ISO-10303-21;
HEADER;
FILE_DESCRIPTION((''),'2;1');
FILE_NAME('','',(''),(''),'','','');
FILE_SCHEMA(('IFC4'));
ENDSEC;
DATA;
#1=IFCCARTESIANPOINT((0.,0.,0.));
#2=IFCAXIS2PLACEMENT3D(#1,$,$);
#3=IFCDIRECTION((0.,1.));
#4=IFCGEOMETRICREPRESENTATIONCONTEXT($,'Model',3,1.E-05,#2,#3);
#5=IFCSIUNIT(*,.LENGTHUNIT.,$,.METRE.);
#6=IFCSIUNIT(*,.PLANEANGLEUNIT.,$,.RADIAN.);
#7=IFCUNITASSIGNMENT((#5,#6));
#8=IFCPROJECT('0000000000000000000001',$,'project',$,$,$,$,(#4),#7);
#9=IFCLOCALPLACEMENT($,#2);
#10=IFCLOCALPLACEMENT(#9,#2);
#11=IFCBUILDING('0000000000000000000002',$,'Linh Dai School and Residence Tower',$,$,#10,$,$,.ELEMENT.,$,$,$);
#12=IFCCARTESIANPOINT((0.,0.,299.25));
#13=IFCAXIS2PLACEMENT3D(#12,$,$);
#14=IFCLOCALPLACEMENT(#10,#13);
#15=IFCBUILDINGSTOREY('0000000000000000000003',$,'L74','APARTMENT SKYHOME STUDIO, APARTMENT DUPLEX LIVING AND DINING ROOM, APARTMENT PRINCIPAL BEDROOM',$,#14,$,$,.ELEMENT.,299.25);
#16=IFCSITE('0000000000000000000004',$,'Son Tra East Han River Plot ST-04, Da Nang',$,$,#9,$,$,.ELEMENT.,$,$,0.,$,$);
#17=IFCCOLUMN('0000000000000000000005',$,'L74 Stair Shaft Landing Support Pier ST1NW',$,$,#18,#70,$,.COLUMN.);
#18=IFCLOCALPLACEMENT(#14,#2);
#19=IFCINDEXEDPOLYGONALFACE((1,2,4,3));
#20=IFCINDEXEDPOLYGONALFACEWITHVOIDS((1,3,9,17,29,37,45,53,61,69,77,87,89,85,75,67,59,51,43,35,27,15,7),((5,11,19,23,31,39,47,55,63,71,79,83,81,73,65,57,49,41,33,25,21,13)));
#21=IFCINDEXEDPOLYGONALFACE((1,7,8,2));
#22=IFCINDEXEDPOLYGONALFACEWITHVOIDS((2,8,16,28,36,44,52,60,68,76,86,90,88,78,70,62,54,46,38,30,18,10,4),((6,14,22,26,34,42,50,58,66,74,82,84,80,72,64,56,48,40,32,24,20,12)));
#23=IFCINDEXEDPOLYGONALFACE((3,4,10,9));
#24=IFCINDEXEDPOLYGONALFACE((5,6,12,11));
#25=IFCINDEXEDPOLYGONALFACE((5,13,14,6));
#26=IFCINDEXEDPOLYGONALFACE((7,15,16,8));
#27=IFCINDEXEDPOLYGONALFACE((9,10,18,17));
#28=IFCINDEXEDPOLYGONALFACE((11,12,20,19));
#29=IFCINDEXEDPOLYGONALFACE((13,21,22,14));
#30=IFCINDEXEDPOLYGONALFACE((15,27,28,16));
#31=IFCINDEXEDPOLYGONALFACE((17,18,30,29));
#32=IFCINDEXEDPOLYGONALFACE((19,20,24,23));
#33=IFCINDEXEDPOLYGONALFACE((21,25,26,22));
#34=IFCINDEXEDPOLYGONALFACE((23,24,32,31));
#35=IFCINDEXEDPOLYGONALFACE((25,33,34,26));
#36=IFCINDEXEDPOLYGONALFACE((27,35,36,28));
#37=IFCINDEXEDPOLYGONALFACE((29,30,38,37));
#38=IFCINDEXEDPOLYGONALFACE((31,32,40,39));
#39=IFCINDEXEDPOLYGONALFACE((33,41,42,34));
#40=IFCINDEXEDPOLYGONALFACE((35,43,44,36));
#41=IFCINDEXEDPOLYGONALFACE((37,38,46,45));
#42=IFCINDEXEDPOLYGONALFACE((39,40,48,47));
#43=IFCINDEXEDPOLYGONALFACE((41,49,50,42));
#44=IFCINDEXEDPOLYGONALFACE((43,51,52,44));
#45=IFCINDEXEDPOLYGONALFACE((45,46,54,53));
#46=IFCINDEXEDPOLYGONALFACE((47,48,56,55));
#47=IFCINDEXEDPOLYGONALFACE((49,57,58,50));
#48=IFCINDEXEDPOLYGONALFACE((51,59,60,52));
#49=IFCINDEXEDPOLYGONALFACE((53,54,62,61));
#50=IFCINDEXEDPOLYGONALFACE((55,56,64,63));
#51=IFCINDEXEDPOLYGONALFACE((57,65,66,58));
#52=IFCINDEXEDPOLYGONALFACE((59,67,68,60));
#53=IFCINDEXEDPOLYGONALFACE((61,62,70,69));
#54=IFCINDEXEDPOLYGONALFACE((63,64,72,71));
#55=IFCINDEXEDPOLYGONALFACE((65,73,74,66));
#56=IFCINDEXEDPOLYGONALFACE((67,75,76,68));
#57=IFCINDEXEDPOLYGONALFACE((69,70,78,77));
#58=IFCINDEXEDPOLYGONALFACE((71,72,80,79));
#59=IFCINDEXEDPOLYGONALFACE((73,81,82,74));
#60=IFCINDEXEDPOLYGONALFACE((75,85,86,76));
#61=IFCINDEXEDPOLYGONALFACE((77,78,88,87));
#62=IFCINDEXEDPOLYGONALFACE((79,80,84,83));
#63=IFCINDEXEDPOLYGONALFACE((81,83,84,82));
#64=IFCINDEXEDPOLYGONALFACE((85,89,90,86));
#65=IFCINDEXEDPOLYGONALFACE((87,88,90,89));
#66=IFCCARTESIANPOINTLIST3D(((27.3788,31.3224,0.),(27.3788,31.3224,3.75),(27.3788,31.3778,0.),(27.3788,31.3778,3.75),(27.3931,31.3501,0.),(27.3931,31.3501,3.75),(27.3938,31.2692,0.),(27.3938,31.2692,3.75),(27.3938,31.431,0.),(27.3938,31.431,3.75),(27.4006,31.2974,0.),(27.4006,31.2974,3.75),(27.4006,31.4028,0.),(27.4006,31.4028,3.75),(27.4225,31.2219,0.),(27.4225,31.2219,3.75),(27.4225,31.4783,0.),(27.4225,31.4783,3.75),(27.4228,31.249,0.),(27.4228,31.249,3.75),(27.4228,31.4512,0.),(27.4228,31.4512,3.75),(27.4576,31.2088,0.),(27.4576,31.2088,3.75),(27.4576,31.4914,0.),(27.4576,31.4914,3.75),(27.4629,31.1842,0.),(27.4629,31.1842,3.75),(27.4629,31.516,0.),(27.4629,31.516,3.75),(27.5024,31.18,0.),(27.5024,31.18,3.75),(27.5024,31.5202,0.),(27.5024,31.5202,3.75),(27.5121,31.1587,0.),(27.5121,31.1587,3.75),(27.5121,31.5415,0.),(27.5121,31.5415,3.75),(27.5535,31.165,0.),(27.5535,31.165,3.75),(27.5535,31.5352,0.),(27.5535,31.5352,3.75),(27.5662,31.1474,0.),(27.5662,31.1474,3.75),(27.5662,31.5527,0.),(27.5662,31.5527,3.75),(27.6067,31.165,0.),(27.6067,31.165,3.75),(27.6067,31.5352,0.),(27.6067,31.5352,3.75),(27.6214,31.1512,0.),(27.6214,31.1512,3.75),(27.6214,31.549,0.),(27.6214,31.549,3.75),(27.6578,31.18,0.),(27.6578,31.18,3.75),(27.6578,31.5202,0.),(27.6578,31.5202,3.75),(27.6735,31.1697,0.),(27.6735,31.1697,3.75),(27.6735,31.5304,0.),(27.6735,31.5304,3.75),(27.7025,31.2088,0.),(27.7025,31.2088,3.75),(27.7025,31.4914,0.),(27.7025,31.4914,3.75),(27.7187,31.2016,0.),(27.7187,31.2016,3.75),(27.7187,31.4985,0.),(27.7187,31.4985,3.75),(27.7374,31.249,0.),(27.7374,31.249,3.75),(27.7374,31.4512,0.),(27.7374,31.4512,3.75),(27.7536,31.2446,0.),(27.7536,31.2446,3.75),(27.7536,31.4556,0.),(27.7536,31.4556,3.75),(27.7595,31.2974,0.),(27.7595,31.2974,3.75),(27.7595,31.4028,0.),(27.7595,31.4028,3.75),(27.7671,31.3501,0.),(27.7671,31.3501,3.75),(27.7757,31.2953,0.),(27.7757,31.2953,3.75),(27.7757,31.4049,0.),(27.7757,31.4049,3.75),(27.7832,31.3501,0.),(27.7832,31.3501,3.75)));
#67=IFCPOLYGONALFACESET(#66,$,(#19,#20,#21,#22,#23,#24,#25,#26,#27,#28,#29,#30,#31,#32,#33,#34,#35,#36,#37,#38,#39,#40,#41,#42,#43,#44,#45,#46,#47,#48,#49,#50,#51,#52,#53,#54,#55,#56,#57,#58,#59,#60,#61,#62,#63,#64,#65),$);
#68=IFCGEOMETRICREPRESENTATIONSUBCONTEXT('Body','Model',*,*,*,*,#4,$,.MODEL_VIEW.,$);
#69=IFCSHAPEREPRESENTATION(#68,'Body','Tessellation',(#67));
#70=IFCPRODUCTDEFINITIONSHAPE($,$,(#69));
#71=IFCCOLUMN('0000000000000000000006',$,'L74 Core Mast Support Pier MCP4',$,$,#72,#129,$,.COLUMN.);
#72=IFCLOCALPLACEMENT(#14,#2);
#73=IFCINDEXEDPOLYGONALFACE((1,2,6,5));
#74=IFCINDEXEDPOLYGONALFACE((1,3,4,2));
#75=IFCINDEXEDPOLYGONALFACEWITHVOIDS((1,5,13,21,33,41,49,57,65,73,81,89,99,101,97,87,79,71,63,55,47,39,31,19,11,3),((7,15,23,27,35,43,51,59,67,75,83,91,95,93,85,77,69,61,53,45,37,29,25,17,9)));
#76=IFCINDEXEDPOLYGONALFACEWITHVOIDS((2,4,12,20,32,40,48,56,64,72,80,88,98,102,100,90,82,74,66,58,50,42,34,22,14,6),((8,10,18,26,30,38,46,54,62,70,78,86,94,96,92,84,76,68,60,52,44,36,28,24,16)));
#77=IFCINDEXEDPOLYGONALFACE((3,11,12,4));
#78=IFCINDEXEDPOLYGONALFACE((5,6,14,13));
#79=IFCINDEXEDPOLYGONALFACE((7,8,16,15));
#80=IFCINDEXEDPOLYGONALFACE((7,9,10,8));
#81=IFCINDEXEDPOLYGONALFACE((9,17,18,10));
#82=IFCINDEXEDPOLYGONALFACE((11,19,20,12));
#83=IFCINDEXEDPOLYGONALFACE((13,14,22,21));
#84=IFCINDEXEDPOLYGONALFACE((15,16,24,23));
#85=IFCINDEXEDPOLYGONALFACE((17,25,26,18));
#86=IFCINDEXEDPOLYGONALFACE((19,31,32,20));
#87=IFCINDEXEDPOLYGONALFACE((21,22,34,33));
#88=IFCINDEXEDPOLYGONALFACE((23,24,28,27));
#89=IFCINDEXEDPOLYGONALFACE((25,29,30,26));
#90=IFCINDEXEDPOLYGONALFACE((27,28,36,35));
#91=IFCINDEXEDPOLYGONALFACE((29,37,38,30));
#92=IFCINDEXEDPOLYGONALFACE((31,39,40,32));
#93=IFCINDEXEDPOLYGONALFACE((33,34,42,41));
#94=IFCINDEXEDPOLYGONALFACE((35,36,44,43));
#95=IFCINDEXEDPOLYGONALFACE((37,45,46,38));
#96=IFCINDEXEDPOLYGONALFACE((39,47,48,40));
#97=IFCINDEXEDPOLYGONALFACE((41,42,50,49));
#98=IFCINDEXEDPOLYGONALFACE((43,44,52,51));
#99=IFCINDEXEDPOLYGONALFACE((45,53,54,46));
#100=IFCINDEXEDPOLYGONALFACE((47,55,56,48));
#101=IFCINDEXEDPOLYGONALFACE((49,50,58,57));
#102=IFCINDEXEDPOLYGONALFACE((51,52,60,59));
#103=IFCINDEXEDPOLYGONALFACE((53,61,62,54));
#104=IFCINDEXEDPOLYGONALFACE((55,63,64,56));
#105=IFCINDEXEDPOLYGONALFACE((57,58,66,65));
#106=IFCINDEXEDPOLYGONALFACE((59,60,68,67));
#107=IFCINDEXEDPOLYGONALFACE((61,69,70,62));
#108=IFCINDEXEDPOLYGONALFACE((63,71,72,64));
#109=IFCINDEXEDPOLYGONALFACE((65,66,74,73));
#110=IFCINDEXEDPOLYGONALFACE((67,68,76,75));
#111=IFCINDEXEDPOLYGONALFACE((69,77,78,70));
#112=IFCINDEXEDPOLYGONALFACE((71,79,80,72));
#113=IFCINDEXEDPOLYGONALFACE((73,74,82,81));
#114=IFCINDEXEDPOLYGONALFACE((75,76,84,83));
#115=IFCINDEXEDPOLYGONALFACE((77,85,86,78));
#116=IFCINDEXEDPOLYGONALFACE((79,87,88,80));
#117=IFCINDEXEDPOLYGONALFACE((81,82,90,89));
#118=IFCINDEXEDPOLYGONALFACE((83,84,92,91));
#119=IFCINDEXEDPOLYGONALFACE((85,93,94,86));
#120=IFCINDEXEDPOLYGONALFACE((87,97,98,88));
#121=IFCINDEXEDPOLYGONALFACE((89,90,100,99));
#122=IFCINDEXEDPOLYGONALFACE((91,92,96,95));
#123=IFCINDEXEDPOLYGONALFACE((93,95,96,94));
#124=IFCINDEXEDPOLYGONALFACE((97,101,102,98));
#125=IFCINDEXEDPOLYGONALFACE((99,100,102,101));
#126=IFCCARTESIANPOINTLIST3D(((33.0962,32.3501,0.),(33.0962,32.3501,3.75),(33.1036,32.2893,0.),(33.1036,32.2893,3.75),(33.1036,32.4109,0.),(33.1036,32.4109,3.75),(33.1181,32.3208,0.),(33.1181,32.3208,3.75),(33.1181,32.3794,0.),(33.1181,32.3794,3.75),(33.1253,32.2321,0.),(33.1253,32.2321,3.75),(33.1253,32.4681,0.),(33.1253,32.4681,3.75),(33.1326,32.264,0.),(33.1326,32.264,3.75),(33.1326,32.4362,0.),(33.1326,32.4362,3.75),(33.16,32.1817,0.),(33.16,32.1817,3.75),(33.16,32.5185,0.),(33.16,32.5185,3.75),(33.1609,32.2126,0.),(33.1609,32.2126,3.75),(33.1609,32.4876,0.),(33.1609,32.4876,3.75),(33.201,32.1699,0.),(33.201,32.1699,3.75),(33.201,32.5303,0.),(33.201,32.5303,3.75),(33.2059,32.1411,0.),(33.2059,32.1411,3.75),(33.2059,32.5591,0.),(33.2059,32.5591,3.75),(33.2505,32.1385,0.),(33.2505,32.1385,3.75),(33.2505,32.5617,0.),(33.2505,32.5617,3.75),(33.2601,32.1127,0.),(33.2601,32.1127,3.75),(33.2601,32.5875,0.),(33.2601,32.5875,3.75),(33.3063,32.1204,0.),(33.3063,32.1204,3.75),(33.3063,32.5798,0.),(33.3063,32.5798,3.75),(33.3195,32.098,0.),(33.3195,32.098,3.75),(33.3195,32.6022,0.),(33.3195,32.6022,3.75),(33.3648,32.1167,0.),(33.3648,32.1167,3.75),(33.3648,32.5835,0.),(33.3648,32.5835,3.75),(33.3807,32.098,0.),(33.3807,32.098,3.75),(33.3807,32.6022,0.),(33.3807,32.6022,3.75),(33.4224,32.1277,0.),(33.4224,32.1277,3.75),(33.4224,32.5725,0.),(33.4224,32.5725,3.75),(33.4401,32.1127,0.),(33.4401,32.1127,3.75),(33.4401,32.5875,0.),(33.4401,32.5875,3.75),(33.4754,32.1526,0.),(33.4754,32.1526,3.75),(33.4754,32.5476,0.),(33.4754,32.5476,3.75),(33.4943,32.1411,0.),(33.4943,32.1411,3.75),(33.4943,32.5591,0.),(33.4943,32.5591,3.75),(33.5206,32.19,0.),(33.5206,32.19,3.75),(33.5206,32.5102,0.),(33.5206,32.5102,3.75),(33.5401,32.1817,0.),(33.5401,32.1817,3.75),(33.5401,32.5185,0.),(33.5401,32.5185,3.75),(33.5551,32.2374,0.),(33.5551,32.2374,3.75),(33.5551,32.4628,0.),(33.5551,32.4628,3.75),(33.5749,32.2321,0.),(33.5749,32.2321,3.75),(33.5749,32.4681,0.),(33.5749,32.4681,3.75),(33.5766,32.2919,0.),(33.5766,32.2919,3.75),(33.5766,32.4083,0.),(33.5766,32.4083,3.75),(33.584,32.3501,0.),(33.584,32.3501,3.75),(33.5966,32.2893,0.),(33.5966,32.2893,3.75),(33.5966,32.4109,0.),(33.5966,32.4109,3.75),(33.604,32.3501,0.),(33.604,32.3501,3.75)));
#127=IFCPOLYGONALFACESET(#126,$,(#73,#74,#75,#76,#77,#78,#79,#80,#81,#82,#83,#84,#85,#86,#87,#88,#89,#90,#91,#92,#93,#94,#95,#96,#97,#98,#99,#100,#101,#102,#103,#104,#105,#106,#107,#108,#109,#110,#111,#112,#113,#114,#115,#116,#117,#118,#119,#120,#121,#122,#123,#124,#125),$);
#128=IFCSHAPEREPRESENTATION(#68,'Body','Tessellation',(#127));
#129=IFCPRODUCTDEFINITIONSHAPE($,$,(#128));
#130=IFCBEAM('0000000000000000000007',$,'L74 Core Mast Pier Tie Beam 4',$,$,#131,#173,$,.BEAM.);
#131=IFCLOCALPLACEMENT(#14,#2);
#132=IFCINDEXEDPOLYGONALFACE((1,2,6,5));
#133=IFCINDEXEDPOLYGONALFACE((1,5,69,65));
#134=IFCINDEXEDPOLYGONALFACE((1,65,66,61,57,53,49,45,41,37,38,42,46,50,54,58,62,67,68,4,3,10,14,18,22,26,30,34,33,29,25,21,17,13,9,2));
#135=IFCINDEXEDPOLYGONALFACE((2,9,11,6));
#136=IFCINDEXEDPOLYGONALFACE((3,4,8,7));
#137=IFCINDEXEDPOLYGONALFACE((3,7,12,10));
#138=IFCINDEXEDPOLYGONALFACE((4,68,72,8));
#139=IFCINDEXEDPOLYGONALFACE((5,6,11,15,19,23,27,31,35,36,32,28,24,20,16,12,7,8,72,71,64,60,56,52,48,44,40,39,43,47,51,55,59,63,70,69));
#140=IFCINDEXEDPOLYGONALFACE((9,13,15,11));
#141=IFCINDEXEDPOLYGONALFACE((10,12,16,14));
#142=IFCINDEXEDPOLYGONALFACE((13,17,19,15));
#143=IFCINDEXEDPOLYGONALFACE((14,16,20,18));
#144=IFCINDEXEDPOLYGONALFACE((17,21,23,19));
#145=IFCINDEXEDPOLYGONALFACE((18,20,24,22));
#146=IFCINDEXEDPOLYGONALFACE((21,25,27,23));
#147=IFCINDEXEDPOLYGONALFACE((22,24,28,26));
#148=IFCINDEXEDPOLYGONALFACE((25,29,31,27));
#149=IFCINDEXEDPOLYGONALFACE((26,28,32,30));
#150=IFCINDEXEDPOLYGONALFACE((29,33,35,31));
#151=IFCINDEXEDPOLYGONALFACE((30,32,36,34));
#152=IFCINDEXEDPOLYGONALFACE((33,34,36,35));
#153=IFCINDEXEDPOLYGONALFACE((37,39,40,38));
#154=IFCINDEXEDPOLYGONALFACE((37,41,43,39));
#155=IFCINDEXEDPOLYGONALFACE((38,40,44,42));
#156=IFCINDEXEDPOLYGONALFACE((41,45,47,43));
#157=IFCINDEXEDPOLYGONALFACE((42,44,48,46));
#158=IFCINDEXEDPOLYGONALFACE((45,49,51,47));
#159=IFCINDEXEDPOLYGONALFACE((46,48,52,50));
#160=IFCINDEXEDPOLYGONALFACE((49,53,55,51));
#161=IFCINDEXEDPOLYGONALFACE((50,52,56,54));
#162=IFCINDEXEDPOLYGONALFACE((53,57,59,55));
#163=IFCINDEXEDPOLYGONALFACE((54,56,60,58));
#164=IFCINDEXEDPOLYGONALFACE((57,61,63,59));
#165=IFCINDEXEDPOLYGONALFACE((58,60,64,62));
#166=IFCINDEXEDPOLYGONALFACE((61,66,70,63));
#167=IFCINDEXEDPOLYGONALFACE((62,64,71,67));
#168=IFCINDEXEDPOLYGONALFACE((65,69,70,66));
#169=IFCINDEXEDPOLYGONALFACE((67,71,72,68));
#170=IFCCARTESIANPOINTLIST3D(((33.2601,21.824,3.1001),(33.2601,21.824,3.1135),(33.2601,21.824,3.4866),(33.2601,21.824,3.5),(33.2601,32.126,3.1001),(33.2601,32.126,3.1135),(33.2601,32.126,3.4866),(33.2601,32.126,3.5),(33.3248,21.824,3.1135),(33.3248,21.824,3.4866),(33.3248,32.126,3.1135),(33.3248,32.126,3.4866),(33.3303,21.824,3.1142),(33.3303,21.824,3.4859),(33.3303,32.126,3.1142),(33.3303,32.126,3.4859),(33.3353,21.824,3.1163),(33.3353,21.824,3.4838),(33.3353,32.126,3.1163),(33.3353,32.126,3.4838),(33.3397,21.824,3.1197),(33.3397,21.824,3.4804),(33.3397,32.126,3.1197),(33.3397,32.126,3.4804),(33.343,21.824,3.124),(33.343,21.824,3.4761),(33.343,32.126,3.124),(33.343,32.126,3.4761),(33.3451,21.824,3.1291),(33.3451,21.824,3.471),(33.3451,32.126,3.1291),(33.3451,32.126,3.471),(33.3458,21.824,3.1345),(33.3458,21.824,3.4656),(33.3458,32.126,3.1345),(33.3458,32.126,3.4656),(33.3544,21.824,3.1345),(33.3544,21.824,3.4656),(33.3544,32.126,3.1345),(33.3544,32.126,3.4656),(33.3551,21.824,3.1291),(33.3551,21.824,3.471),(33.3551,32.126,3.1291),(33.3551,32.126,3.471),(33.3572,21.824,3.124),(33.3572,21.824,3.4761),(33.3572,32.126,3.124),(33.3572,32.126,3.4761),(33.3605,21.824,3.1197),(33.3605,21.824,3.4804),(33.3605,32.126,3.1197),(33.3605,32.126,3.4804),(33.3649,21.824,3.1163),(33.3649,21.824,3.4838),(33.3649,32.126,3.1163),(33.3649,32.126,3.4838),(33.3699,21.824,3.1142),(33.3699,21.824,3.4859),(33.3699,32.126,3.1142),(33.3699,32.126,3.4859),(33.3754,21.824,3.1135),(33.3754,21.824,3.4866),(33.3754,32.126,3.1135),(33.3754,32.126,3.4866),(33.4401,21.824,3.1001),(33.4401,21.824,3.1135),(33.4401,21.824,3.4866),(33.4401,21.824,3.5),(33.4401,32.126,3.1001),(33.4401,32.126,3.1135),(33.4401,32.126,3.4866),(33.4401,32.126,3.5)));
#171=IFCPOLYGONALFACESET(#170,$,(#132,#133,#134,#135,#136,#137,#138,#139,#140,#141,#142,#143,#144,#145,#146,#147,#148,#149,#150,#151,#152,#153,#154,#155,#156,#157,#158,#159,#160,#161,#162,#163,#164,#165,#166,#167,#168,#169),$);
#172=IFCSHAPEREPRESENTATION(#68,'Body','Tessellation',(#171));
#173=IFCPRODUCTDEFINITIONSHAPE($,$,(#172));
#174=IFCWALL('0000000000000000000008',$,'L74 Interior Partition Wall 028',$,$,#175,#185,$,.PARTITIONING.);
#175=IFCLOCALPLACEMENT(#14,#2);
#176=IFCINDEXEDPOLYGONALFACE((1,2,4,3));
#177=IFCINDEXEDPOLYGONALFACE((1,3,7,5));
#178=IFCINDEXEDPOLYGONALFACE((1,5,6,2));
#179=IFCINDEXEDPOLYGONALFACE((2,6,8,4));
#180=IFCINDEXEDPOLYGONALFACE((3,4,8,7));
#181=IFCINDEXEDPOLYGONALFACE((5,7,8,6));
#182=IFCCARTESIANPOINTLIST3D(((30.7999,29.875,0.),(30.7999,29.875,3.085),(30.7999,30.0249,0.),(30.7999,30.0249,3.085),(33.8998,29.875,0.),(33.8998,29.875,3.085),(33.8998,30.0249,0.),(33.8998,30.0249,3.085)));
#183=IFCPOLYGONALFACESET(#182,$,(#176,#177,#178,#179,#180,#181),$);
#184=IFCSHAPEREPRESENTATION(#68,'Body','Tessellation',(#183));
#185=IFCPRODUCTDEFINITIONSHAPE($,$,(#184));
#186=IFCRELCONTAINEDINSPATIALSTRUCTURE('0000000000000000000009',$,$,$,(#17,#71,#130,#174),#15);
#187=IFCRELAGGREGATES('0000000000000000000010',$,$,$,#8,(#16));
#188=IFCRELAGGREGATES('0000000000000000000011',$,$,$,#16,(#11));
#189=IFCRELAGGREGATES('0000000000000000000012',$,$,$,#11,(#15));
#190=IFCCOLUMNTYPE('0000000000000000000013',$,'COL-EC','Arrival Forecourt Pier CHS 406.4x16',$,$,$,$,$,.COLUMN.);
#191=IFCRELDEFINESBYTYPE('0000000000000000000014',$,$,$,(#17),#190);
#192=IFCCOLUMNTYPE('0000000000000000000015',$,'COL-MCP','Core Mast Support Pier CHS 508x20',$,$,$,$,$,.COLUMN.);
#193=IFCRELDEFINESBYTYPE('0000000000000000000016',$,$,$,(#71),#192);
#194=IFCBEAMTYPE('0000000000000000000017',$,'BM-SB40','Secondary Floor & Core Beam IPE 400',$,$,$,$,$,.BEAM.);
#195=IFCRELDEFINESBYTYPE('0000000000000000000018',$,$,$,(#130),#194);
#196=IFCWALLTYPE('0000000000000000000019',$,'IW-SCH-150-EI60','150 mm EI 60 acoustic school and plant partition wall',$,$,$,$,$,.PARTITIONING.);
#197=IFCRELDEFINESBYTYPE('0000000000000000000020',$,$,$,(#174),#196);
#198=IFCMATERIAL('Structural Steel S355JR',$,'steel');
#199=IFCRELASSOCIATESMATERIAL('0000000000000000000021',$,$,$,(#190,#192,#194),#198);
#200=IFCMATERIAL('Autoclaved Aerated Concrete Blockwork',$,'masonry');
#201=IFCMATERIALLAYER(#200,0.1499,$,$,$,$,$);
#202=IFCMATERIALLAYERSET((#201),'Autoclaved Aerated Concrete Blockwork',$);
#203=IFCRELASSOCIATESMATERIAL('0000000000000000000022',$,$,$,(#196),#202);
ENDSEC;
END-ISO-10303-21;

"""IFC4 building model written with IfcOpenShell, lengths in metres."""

from ifc_helpers import new_model, si_unit, direction, frame, frame_2d, origin, origin_2d, place, context, subcontext, project, spatial, rectangle, hollow_circle, i_section, extrude, material, layer, layer_set, material_profile, profile_set, type_object, element, save


model = new_model("IFC4")

# Units and contexts
model_context = context("Model", 3, precision=1e-05, world=origin(), true_north=direction((0.0, 1.0)))
body_context = subcontext(model_context, "Body", "Model", "MODEL_VIEW")
ifc_project = project(units=[si_unit("LENGTHUNIT", "METRE"), si_unit("PLANEANGLEUNIT", "RADIAN")], contexts=[model_context])

# Site, building, storey
site_placement = place(None, origin())
site = spatial("IfcSite", under=ifc_project, at=site_placement, Name="Son Tra East Han River Plot ST-04, Da Nang", CompositionType="ELEMENT", RefElevation=0.0)
building_placement = place(site_placement, origin())
building = spatial("IfcBuilding", under=site, at=building_placement, Name="Linh Dai School and Residence Tower", CompositionType="ELEMENT")
storey_placement = place(building_placement, frame((0.0, 0.0, 299.25)))
storey = spatial("IfcBuildingStorey", under=building, at=storey_placement, Name="L74", Description="APARTMENT SKYHOME STUDIO, APARTMENT DUPLEX LIVING AND DINING ROOM, APARTMENT PRINCIPAL BEDROOM", CompositionType="ELEMENT", Elevation=299.25)

# Columns
ifc_material_1 = material(Name="Structural Steel S355JR", Category="steel")
ifc_material_profile_1 = material_profile(ifc_material_1, hollow_circle(Radius=0.2031, WallThickness=0.0161, at=origin_2d()), Name="CHS 406.4x16")
ifc_profile_set_1 = profile_set([ifc_material_profile_1], Name="Structural Steel S355JR")
column_type_1 = type_object("IfcColumnType", Name="COL-EC", Description="Arrival Forecourt Pier CHS 406.4x16", PredefinedType="COLUMN", material=ifc_profile_set_1)
column_1_placement = place(storey_placement, frame((27.5801, 31.3501, 0.0), z_axis=(0.0, 0.0, 1.0), x_axis=(1.0, 0.0, 0.0)))
element("IfcColumn", 1, at=column_1_placement, inside=storey, type_object=column_type_1, Name="L74 Stair Shaft Landing Support Pier ST1NW", PredefinedType="COLUMN", context=body_context, shape_type="SweptSolid", body=[
    extrude(hollow_circle(Radius=0.2031, WallThickness=0.0161, at=origin_2d()), origin(), (0.0, 0.0, 1.0), 3.75),
])
ifc_material_profile_2 = material_profile(ifc_material_1, hollow_circle(Radius=0.2539, WallThickness=0.02, at=origin_2d()), Name="CHS 508x20")
ifc_profile_set_2 = profile_set([ifc_material_profile_2], Name="Structural Steel S355JR")
column_type_2 = type_object("IfcColumnType", Name="COL-MCP", Description="Core Mast Support Pier CHS 508x20", PredefinedType="COLUMN", material=ifc_profile_set_2)
column_2_placement = place(storey_placement, frame((33.3501, 32.3501, 0.0), z_axis=(0.0, 0.0, 1.0), x_axis=(1.0, 0.0, 0.0)))
element("IfcColumn", 2, at=column_2_placement, inside=storey, type_object=column_type_2, Name="L74 Core Mast Support Pier MCP4", PredefinedType="COLUMN", context=body_context, shape_type="SweptSolid", body=[
    extrude(hollow_circle(Radius=0.2539, WallThickness=0.02, at=origin_2d()), origin(), (0.0, 0.0, 1.0), 3.75),
])

# Beam
ifc_material_profile_3 = material_profile(ifc_material_1, i_section(OverallWidth=0.1799, OverallDepth=0.3999, WebThickness=0.0085, FlangeThickness=0.0134, FilletRadius=0.021, at=origin_2d()), Name="IPE 400")
ifc_profile_set_3 = profile_set([ifc_material_profile_3], Name="Structural Steel S355JR")
beam_type = type_object("IfcBeamType", Name="BM-SB40", Description="Secondary Floor & Core Beam IPE 400", PredefinedType="BEAM", material=ifc_profile_set_3)
beam_placement = place(storey_placement, frame((33.3501, 32.126, 3.3), z_axis=(0.0, -1.0, 0.0), x_axis=(1.0, 0.0, 0.0)))
element("IfcBeam", 3, at=beam_placement, inside=storey, type_object=beam_type, Name="L74 Core Mast Pier Tie Beam 4", PredefinedType="BEAM", context=body_context, shape_type="SweptSolid", body=[
    extrude(i_section(OverallWidth=0.1799, OverallDepth=0.3999, WebThickness=0.0085, FlangeThickness=0.0134, FilletRadius=0.021, at=origin_2d()), origin(), (0.0, 0.0, 1.0), 10.302),
])

# Shared definitions
ifc_material_2 = material(Name="Autoclaved Aerated Concrete Blockwork", Category="masonry")

# Wall
ifc_layer_1 = layer(ifc_material_2, 0.1499)
ifc_layer_set_1 = layer_set([ifc_layer_1], Name="Autoclaved Aerated Concrete Blockwork")
wall_type_1 = type_object("IfcWallType", Name="IW-SCH-150-EI60", Description="150 mm EI 60 acoustic school and plant partition wall", PredefinedType="PARTITIONING", material=ifc_layer_set_1)
wall_1_placement = place(storey_placement, frame((30.8, 29.95, 0.0), z_axis=(0.0, 0.0, 1.0), x_axis=(1.0, 0.0, 0.0)))
element("IfcWall", 4, at=wall_1_placement, inside=storey, type_object=wall_type_1, Name="L74 Interior Partition Wall 028", PredefinedType="PARTITIONING", context=body_context, shape_type="SweptSolid", body=[
    extrude(rectangle(XDim=3.0999, YDim=0.1499, at=frame_2d((1.5498, 0.0))), origin(), (0.0, 0.0, 1.0), 3.085),
])

save(model, "model.ifc")
